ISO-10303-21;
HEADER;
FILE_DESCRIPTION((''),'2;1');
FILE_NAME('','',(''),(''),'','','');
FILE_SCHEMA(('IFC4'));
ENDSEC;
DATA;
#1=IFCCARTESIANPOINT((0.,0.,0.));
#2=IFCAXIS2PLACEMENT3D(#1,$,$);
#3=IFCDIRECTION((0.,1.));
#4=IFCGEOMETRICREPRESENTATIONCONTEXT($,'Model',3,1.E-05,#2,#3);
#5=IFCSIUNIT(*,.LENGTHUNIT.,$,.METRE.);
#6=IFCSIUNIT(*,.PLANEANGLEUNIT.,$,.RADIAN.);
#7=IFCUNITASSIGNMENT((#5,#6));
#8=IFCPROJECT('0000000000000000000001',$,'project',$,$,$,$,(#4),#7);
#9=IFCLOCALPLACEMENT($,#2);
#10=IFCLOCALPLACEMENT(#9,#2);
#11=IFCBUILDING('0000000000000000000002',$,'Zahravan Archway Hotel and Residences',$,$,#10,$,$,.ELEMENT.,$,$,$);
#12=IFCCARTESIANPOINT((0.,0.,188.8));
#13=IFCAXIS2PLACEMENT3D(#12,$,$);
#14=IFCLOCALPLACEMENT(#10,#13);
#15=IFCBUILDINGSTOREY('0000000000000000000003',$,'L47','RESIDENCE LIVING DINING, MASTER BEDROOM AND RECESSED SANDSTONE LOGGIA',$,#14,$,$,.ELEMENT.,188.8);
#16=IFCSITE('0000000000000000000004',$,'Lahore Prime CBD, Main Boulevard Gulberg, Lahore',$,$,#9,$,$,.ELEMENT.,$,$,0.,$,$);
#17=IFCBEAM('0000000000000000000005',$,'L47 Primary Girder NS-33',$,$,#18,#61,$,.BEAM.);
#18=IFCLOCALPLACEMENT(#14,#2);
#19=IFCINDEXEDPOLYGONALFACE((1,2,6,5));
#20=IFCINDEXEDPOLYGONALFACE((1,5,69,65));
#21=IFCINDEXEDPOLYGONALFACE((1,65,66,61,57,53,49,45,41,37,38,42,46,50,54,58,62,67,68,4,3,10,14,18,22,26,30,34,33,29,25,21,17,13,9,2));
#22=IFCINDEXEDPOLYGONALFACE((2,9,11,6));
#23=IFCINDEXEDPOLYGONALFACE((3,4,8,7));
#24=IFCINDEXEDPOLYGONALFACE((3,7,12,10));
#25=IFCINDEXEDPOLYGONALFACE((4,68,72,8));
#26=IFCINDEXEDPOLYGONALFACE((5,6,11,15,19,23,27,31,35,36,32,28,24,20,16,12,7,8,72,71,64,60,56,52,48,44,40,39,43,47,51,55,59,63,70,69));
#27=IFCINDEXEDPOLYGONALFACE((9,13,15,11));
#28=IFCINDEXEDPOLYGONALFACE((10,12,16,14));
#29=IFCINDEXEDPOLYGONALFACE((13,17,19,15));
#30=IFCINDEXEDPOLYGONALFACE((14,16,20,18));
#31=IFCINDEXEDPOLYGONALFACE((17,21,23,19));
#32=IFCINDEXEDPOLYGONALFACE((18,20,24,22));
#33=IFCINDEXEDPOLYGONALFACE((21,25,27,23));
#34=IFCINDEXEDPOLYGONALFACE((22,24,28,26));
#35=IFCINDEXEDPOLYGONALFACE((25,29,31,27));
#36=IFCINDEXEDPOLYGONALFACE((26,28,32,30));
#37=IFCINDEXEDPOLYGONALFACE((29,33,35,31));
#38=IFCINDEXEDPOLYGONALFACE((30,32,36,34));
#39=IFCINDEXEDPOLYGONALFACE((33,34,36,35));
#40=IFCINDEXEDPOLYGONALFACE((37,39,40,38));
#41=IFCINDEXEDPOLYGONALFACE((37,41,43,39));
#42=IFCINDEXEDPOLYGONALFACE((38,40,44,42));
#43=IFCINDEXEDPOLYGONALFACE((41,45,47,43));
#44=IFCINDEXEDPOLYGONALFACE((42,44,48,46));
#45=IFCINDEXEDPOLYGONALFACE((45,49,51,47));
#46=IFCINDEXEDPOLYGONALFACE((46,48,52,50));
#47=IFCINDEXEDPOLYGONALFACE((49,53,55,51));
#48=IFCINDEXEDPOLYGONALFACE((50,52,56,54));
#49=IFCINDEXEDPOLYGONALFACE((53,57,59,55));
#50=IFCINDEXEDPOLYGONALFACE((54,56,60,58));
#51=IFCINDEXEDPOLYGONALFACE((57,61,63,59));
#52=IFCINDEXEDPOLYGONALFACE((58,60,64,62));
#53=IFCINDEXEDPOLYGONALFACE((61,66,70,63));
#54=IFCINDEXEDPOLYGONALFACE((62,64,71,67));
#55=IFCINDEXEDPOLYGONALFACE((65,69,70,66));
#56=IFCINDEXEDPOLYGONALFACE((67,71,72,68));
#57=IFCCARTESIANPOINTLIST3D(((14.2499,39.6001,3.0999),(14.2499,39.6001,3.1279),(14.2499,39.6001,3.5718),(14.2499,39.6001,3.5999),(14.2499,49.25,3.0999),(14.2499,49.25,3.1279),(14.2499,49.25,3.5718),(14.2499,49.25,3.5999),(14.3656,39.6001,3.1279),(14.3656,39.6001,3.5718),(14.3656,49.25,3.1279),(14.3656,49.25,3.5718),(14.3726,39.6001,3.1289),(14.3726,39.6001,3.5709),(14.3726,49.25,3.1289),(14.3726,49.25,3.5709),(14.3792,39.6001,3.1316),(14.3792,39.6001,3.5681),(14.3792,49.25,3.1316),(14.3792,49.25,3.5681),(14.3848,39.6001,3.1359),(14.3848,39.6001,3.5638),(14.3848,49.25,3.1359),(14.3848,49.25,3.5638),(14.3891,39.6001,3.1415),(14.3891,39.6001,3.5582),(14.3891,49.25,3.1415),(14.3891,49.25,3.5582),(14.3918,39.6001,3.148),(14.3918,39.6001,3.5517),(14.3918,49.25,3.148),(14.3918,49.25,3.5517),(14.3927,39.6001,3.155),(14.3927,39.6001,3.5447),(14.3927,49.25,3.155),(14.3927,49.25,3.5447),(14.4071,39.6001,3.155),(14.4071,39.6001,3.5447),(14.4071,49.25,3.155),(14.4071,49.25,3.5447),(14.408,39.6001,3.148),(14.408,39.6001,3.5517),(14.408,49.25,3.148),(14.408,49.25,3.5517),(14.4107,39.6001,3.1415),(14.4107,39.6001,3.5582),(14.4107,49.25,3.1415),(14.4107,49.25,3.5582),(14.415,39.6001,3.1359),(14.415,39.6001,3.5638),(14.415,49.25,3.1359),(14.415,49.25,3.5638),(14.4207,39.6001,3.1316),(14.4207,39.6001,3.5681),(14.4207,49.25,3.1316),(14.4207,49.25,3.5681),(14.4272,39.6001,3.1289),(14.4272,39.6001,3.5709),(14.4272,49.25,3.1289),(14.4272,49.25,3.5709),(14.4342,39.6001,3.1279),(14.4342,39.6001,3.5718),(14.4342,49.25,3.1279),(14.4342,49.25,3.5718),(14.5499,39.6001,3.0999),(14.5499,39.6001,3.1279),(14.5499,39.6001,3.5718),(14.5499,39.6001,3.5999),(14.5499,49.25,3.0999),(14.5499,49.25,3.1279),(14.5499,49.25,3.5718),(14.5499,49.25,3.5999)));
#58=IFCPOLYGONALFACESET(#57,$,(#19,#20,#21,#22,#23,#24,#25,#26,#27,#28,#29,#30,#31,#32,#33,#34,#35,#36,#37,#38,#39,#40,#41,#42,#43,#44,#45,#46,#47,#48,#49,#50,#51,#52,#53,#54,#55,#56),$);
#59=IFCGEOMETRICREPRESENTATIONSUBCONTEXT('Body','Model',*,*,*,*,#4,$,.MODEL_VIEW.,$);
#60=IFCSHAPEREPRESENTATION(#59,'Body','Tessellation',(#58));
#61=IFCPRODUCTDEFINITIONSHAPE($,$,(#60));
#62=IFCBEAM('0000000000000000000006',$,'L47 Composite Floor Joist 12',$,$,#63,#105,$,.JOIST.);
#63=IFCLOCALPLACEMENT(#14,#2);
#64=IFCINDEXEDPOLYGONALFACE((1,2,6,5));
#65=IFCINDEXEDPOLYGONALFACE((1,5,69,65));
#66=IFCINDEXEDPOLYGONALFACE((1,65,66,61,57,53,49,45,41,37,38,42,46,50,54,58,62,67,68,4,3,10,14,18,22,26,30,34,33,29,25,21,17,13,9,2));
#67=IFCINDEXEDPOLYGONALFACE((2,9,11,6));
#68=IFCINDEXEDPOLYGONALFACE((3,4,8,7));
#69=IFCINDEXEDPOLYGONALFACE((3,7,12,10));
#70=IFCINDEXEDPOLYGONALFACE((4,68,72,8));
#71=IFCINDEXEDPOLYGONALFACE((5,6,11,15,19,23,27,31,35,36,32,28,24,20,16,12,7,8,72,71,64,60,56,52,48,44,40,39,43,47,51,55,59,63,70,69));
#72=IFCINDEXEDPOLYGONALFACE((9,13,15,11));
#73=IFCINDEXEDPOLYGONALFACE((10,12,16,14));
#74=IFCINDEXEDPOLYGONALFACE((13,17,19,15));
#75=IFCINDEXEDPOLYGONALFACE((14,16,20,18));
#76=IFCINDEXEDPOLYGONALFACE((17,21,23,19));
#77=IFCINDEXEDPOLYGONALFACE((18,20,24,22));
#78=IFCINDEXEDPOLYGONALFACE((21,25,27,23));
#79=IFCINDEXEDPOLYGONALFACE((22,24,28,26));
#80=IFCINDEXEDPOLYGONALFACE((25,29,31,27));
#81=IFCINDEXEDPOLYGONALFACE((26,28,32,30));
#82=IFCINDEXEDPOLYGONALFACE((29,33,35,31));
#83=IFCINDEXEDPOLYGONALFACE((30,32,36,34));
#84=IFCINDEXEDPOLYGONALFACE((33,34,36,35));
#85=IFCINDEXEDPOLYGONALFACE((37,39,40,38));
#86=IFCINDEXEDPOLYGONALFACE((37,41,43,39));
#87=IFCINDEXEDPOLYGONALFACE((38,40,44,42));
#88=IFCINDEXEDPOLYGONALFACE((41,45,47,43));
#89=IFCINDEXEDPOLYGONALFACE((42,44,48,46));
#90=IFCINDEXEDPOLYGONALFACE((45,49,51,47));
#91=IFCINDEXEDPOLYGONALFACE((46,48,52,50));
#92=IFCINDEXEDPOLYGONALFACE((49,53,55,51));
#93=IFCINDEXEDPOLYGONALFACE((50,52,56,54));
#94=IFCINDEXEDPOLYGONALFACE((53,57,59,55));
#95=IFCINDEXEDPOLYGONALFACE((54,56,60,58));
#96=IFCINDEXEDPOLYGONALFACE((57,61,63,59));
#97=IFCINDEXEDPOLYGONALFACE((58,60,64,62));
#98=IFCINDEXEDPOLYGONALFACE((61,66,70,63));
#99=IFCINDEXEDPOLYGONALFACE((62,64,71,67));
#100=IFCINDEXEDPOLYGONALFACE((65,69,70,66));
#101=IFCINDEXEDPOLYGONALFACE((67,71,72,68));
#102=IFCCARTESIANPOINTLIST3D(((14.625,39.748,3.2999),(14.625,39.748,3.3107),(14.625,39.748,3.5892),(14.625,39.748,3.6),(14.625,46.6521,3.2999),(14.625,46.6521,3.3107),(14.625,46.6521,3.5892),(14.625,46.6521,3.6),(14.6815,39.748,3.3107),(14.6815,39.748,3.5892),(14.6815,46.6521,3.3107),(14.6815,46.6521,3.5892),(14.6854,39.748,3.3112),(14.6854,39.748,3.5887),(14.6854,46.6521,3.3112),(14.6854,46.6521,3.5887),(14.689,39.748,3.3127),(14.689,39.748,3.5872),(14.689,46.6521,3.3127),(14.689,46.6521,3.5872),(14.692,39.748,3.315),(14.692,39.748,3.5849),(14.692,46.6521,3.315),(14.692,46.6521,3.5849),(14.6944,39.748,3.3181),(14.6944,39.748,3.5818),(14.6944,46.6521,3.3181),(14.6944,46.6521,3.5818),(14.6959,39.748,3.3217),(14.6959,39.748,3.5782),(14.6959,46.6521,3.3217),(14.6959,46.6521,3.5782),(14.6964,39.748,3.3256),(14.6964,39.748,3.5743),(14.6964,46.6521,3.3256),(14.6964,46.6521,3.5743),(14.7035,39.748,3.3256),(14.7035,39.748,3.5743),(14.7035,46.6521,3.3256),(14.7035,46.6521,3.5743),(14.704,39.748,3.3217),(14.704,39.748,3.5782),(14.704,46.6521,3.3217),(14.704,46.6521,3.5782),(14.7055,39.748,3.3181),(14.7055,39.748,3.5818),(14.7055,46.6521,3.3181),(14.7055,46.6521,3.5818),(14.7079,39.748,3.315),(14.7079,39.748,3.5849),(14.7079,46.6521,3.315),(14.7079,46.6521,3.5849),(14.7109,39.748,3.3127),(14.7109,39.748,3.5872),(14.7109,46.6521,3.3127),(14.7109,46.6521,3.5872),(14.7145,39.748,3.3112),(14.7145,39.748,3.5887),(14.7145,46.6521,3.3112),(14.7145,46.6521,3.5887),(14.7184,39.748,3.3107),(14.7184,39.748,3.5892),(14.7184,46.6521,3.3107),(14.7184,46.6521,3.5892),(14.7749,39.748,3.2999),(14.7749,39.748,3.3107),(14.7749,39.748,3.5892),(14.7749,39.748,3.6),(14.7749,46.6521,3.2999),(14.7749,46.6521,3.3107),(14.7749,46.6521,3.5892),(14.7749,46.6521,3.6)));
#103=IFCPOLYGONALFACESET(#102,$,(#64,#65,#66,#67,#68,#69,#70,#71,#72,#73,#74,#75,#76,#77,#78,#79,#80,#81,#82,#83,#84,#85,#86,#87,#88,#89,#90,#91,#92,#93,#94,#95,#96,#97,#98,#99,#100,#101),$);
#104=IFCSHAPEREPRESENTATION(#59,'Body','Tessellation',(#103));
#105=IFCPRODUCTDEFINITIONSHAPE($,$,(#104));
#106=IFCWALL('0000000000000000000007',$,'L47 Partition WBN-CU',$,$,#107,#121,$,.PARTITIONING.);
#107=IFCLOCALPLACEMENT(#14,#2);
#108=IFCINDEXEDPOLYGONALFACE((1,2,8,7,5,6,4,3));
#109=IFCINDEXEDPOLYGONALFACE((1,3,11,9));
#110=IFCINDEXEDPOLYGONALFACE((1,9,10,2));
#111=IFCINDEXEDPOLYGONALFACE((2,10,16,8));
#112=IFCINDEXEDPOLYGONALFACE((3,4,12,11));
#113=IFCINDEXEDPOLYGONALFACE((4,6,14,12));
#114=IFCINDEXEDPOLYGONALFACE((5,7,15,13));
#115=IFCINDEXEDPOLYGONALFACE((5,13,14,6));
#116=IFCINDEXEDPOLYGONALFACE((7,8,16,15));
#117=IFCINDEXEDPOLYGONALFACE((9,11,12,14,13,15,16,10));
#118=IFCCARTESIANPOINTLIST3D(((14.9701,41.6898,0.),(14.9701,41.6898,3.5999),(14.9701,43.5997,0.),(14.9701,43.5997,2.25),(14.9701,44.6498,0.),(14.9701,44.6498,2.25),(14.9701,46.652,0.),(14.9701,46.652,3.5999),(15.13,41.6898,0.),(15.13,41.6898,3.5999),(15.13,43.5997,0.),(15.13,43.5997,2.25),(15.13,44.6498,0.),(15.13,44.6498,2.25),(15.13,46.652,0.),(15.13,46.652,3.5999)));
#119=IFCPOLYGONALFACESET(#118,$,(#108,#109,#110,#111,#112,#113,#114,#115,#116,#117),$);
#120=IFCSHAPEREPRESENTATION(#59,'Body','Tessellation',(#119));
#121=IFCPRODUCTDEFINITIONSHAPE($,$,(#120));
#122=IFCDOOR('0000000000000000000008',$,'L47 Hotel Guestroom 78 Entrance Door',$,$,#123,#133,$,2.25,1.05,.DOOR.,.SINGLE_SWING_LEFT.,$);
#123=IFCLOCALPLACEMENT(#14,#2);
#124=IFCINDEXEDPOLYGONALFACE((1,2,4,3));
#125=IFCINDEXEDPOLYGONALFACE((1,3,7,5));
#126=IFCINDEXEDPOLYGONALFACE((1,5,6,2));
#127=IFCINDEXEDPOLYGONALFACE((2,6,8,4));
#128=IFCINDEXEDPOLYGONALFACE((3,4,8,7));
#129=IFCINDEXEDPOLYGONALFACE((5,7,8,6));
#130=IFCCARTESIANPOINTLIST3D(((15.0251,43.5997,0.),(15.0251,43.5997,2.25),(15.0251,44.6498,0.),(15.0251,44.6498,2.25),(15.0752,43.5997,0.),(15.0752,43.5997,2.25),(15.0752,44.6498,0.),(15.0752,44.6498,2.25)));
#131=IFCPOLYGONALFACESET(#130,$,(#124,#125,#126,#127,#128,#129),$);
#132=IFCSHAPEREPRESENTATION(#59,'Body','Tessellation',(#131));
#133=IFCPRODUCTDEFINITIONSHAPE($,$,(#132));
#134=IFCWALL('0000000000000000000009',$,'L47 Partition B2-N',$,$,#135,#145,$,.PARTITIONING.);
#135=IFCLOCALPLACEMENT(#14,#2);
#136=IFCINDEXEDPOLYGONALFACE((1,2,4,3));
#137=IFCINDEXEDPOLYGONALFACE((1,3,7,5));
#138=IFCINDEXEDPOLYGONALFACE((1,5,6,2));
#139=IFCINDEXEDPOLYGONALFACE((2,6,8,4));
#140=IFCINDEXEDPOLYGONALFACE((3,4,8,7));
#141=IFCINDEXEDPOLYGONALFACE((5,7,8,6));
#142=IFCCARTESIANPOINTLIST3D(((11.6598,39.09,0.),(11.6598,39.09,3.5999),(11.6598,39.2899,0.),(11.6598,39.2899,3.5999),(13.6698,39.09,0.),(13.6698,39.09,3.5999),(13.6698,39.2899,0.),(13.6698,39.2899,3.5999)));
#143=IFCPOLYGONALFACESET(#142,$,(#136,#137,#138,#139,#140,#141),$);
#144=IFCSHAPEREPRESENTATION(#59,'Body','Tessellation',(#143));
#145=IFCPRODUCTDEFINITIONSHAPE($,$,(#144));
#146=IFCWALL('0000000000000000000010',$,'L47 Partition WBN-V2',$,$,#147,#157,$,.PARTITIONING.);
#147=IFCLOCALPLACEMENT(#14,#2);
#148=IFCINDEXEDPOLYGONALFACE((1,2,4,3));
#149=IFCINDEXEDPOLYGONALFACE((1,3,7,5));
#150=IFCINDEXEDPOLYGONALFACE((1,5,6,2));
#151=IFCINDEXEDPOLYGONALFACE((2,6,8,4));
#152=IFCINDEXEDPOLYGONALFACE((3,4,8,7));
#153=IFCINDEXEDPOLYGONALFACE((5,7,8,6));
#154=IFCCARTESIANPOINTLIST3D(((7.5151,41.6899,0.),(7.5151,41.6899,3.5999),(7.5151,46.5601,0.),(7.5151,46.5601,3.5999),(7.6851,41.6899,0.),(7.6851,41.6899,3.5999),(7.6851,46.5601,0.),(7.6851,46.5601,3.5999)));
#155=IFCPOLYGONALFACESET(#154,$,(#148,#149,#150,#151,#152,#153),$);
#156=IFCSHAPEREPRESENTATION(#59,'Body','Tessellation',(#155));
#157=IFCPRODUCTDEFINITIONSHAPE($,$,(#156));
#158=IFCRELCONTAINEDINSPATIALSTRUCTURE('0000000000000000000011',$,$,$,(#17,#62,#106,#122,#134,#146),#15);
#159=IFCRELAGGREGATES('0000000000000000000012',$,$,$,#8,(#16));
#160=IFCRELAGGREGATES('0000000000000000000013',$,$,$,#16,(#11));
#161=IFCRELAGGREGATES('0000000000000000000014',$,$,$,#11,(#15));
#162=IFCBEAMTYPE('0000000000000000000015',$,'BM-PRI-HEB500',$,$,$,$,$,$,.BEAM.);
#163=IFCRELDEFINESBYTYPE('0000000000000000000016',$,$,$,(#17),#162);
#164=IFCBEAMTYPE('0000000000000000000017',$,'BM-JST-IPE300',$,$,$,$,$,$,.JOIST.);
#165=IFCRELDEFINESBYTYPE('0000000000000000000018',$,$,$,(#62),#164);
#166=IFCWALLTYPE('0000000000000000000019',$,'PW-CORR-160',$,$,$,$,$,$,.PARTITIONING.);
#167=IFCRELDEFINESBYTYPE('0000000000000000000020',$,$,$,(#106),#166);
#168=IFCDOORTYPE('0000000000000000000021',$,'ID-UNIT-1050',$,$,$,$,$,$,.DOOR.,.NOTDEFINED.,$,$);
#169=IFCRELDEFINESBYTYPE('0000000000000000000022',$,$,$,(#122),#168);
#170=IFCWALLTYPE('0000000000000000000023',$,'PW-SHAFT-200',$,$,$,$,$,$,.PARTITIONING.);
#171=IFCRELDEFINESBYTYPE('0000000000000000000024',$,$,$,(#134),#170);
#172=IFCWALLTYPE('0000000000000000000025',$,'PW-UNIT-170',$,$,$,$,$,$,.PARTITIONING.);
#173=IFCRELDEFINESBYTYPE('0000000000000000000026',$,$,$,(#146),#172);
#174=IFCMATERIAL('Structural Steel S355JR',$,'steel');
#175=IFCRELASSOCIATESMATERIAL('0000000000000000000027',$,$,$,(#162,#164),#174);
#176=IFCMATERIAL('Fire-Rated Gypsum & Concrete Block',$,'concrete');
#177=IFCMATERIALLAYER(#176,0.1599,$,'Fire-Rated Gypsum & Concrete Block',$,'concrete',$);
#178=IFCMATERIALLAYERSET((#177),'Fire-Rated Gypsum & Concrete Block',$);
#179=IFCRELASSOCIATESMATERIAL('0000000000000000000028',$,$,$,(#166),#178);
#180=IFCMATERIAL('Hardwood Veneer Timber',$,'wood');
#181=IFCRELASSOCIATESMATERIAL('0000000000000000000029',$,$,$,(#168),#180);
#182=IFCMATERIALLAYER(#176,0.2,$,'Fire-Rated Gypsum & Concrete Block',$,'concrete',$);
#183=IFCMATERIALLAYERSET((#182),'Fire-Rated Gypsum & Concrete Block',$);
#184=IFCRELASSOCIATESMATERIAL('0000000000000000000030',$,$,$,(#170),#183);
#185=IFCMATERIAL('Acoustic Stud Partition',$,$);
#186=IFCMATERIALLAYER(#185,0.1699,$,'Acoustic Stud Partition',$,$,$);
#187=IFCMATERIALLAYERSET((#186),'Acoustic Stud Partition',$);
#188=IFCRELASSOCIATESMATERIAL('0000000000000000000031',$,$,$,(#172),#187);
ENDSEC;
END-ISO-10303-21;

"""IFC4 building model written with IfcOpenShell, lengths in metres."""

from ifc_helpers import new_model, si_unit, direction, frame, frame_2d, origin, origin_2d, place, context, subcontext, project, spatial, rectangle, i_section, extrude, source, transform, mapped, material, layer, layer_set, material_profile, profile_set, type_object, type_shapes, element, fill, save


model = new_model("IFC4")

# Units and contexts
model_context = context("Model", 3, precision=1e-05, world=origin(), true_north=direction((0.0, 1.0)))
body_context = subcontext(model_context, "Body", "Model", "MODEL_VIEW")
ifc_project = project(units=[si_unit("LENGTHUNIT", "METRE"), si_unit("PLANEANGLEUNIT", "RADIAN")], contexts=[model_context])

# Site, building, storey
site_placement = place(None, origin())
site = spatial("IfcSite", under=ifc_project, at=site_placement, Name="Lahore Prime CBD, Main Boulevard Gulberg, Lahore", CompositionType="ELEMENT", RefElevation=0.0)
building_placement = place(site_placement, origin())
building = spatial("IfcBuilding", under=site, at=building_placement, Name="Zahravan Archway Hotel and Residences", CompositionType="ELEMENT")
storey_placement = place(building_placement, frame((0.0, 0.0, 188.8)))
storey = spatial("IfcBuildingStorey", under=building, at=storey_placement, Name="L47", Description="RESIDENCE LIVING DINING, MASTER BEDROOM AND RECESSED SANDSTONE LOGGIA", CompositionType="ELEMENT", Elevation=188.8)

# Beams
ifc_material_1 = material(Name="Structural Steel S355JR", Category="steel")
ifc_material_profile_1 = material_profile(ifc_material_1, i_section(OverallWidth=0.3, OverallDepth=0.5, WebThickness=0.0144, FlangeThickness=0.0281, FilletRadius=0.0271, at=origin_2d()), Name="HEB 500", Category="steel")
ifc_profile_set_1 = profile_set([ifc_material_profile_1], Name="Structural Steel S355JR")
beam_type_1 = type_object("IfcBeamType", Name="BM-PRI-HEB500", PredefinedType="BEAM", material=ifc_profile_set_1)
shared_shape_1 = source(origin(), body_context, "Body", "SweptSolid", [
    extrude(i_section(OverallWidth=0.3, OverallDepth=0.5, WebThickness=0.0144, FlangeThickness=0.0281, FilletRadius=0.0271, at=origin_2d()), origin(), (0.0, 0.0, 1.0), 9.6499),
])
beam_1_placement = place(storey_placement, frame((14.3999, 39.6001, 3.3499), z_axis=(0.0, 1.0, 0.0), x_axis=(-1.0, 0.0, 0.0)))
element("IfcBeam", 1, at=beam_1_placement, inside=storey, type_object=beam_type_1, Name="L47 Primary Girder NS-33", PredefinedType="BEAM", context=body_context, shape_type="MappedRepresentation", body=[
    mapped(shared_shape_1, transform((0.0, 0.0, 0.0), scale=1.0)),
])
ifc_material_profile_2 = material_profile(ifc_material_1, i_section(OverallWidth=0.1499, OverallDepth=0.3, WebThickness=0.0071, FlangeThickness=0.0107, FilletRadius=0.0149, at=origin_2d()), Name="IPE 300", Category="steel")
ifc_profile_set_2 = profile_set([ifc_material_profile_2], Name="Structural Steel S355JR")
beam_type_2 = type_object("IfcBeamType", Name="BM-JST-IPE300", PredefinedType="JOIST", material=ifc_profile_set_2)
shared_shape_2 = source(origin(), body_context, "Body", "SweptSolid", [
    extrude(i_section(OverallWidth=0.1499, OverallDepth=0.3, WebThickness=0.0071, FlangeThickness=0.0107, FilletRadius=0.0149, at=origin_2d()), origin(), (0.0, 0.0, 1.0), 6.9041),
])
type_shapes(beam_type_2, [shared_shape_2])
beam_2_placement = place(storey_placement, frame((14.7, 39.748, 3.45), z_axis=(0.0, 1.0, 0.0), x_axis=(-1.0, 0.0, 0.0)))
element("IfcBeam", 2, at=beam_2_placement, inside=storey, type_object=beam_type_2, Name="L47 Composite Floor Joist 12", PredefinedType="JOIST", context=body_context, shape_type="MappedRepresentation", body=[
    mapped(shared_shape_2, transform((0.0, 0.0, 0.0), scale=1.0)),
])

# Wall, opening, door
ifc_material_2 = material(Name="Fire-Rated Gypsum & Concrete Block", Category="concrete")
ifc_layer_1 = layer(ifc_material_2, 0.1599, Name="Fire-Rated Gypsum & Concrete Block", Category="concrete")
ifc_layer_set_1 = layer_set([ifc_layer_1], Name="Fire-Rated Gypsum & Concrete Block")
wall_type_1 = type_object("IfcWallType", Name="PW-CORR-160", PredefinedType="PARTITIONING", material=ifc_layer_set_1)
wall_1_placement = place(storey_placement, frame((15.05, 41.6899, 0.0), z_axis=(0.0, 0.0, 1.0), x_axis=(0.0, 1.0, 0.0)))
wall_1 = element("IfcWall", 3, at=wall_1_placement, inside=storey, type_object=wall_type_1, Name="L47 Partition WBN-CU", PredefinedType="PARTITIONING", context=body_context, shape_type="SweptSolid", body=[
    extrude(rectangle(XDim=4.9622, YDim=0.1599, at=frame_2d((2.481, 0.0))), origin(), (0.0, 0.0, 1.0), 3.5999),
])
opening_1_placement = place(wall_1_placement, frame((1.9099, 0.0, 0.0)))
opening_1 = element("IfcOpeningElement", 4, at=opening_1_placement, cuts=wall_1, PredefinedType="OPENING", context=body_context, shape_type="SweptSolid", body=[
    extrude(rectangle(XDim=1.05, YDim=2.25, at=frame_2d((0.5249, 1.125))), frame((0.0, 0.0898, 0.0), z_axis=(0.0, -1.0, 0.0), x_axis=(1.0, 0.0, 0.0)), (0.0, 0.0, 1.0), 0.1799),
])
ifc_material_3 = material(Name="Hardwood Veneer Timber", Category="wood")
door_type_1 = type_object("IfcDoorType", Name="ID-UNIT-1050", OperationType="NOTDEFINED", PredefinedType="DOOR", material=ifc_material_3)
shared_shape_3 = source(origin(), body_context, "Body", "SweptSolid", [
    extrude(rectangle(XDim=1.05, YDim=2.25, at=frame_2d((0.5249, 1.125))), frame((0.0, 0.0249, 0.0), z_axis=(0.0, -1.0, 0.0), x_axis=(1.0, 0.0, 0.0)), (0.0, 0.0, 1.0), 0.05),
])
type_shapes(door_type_1, [shared_shape_3])
door_1_placement = place(opening_1_placement, origin())
door_1 = element("IfcDoor", 5, at=door_1_placement, inside=storey, type_object=door_type_1, Name="L47 Hotel Guestroom 78 Entrance Door", OperationType="SINGLE_SWING_LEFT", OverallHeight=2.25, OverallWidth=1.05, PredefinedType="DOOR", context=body_context, shape_type="MappedRepresentation", body=[
    mapped(shared_shape_3, transform((0.0, 0.0, 0.0), scale=1.0)),
])
fill(opening_1, door_1)

# Walls
ifc_layer_2 = layer(ifc_material_2, 0.2, Name="Fire-Rated Gypsum & Concrete Block", Category="concrete")
ifc_layer_set_2 = layer_set([ifc_layer_2], Name="Fire-Rated Gypsum & Concrete Block")
wall_type_2 = type_object("IfcWallType", Name="PW-SHAFT-200", PredefinedType="PARTITIONING", material=ifc_layer_set_2)
wall_2_placement = place(storey_placement, frame((11.6599, 39.1899, 0.0), z_axis=(0.0, 0.0, 1.0), x_axis=(1.0, 0.0, 0.0)))
element("IfcWall", 6, at=wall_2_placement, inside=storey, type_object=wall_type_2, Name="L47 Partition B2-N", PredefinedType="PARTITIONING", context=body_context, shape_type="SweptSolid", body=[
    extrude(rectangle(XDim=2.01, YDim=0.2, at=frame_2d((1.0049, 0.0))), origin(), (0.0, 0.0, 1.0), 3.5999),
])
ifc_material_4 = material(Name="Acoustic Stud Partition")
ifc_layer_3 = layer(ifc_material_4, 0.1699, Name="Acoustic Stud Partition")
ifc_layer_set_3 = layer_set([ifc_layer_3], Name="Acoustic Stud Partition")
wall_type_3 = type_object("IfcWallType", Name="PW-UNIT-170", PredefinedType="PARTITIONING", material=ifc_layer_set_3)
wall_3_placement = place(storey_placement, frame((7.6001, 41.6899, 0.0), z_axis=(0.0, 0.0, 1.0), x_axis=(0.0, 1.0, 0.0)))
element("IfcWall", 7, at=wall_3_placement, inside=storey, type_object=wall_type_3, Name="L47 Partition WBN-V2", PredefinedType="PARTITIONING", context=body_context, shape_type="SweptSolid", body=[
    extrude(rectangle(XDim=4.8701, YDim=0.1699, at=frame_2d((2.4351, 0.0))), origin(), (0.0, 0.0, 1.0), 3.5999),
])

save(model, "model.ifc")
